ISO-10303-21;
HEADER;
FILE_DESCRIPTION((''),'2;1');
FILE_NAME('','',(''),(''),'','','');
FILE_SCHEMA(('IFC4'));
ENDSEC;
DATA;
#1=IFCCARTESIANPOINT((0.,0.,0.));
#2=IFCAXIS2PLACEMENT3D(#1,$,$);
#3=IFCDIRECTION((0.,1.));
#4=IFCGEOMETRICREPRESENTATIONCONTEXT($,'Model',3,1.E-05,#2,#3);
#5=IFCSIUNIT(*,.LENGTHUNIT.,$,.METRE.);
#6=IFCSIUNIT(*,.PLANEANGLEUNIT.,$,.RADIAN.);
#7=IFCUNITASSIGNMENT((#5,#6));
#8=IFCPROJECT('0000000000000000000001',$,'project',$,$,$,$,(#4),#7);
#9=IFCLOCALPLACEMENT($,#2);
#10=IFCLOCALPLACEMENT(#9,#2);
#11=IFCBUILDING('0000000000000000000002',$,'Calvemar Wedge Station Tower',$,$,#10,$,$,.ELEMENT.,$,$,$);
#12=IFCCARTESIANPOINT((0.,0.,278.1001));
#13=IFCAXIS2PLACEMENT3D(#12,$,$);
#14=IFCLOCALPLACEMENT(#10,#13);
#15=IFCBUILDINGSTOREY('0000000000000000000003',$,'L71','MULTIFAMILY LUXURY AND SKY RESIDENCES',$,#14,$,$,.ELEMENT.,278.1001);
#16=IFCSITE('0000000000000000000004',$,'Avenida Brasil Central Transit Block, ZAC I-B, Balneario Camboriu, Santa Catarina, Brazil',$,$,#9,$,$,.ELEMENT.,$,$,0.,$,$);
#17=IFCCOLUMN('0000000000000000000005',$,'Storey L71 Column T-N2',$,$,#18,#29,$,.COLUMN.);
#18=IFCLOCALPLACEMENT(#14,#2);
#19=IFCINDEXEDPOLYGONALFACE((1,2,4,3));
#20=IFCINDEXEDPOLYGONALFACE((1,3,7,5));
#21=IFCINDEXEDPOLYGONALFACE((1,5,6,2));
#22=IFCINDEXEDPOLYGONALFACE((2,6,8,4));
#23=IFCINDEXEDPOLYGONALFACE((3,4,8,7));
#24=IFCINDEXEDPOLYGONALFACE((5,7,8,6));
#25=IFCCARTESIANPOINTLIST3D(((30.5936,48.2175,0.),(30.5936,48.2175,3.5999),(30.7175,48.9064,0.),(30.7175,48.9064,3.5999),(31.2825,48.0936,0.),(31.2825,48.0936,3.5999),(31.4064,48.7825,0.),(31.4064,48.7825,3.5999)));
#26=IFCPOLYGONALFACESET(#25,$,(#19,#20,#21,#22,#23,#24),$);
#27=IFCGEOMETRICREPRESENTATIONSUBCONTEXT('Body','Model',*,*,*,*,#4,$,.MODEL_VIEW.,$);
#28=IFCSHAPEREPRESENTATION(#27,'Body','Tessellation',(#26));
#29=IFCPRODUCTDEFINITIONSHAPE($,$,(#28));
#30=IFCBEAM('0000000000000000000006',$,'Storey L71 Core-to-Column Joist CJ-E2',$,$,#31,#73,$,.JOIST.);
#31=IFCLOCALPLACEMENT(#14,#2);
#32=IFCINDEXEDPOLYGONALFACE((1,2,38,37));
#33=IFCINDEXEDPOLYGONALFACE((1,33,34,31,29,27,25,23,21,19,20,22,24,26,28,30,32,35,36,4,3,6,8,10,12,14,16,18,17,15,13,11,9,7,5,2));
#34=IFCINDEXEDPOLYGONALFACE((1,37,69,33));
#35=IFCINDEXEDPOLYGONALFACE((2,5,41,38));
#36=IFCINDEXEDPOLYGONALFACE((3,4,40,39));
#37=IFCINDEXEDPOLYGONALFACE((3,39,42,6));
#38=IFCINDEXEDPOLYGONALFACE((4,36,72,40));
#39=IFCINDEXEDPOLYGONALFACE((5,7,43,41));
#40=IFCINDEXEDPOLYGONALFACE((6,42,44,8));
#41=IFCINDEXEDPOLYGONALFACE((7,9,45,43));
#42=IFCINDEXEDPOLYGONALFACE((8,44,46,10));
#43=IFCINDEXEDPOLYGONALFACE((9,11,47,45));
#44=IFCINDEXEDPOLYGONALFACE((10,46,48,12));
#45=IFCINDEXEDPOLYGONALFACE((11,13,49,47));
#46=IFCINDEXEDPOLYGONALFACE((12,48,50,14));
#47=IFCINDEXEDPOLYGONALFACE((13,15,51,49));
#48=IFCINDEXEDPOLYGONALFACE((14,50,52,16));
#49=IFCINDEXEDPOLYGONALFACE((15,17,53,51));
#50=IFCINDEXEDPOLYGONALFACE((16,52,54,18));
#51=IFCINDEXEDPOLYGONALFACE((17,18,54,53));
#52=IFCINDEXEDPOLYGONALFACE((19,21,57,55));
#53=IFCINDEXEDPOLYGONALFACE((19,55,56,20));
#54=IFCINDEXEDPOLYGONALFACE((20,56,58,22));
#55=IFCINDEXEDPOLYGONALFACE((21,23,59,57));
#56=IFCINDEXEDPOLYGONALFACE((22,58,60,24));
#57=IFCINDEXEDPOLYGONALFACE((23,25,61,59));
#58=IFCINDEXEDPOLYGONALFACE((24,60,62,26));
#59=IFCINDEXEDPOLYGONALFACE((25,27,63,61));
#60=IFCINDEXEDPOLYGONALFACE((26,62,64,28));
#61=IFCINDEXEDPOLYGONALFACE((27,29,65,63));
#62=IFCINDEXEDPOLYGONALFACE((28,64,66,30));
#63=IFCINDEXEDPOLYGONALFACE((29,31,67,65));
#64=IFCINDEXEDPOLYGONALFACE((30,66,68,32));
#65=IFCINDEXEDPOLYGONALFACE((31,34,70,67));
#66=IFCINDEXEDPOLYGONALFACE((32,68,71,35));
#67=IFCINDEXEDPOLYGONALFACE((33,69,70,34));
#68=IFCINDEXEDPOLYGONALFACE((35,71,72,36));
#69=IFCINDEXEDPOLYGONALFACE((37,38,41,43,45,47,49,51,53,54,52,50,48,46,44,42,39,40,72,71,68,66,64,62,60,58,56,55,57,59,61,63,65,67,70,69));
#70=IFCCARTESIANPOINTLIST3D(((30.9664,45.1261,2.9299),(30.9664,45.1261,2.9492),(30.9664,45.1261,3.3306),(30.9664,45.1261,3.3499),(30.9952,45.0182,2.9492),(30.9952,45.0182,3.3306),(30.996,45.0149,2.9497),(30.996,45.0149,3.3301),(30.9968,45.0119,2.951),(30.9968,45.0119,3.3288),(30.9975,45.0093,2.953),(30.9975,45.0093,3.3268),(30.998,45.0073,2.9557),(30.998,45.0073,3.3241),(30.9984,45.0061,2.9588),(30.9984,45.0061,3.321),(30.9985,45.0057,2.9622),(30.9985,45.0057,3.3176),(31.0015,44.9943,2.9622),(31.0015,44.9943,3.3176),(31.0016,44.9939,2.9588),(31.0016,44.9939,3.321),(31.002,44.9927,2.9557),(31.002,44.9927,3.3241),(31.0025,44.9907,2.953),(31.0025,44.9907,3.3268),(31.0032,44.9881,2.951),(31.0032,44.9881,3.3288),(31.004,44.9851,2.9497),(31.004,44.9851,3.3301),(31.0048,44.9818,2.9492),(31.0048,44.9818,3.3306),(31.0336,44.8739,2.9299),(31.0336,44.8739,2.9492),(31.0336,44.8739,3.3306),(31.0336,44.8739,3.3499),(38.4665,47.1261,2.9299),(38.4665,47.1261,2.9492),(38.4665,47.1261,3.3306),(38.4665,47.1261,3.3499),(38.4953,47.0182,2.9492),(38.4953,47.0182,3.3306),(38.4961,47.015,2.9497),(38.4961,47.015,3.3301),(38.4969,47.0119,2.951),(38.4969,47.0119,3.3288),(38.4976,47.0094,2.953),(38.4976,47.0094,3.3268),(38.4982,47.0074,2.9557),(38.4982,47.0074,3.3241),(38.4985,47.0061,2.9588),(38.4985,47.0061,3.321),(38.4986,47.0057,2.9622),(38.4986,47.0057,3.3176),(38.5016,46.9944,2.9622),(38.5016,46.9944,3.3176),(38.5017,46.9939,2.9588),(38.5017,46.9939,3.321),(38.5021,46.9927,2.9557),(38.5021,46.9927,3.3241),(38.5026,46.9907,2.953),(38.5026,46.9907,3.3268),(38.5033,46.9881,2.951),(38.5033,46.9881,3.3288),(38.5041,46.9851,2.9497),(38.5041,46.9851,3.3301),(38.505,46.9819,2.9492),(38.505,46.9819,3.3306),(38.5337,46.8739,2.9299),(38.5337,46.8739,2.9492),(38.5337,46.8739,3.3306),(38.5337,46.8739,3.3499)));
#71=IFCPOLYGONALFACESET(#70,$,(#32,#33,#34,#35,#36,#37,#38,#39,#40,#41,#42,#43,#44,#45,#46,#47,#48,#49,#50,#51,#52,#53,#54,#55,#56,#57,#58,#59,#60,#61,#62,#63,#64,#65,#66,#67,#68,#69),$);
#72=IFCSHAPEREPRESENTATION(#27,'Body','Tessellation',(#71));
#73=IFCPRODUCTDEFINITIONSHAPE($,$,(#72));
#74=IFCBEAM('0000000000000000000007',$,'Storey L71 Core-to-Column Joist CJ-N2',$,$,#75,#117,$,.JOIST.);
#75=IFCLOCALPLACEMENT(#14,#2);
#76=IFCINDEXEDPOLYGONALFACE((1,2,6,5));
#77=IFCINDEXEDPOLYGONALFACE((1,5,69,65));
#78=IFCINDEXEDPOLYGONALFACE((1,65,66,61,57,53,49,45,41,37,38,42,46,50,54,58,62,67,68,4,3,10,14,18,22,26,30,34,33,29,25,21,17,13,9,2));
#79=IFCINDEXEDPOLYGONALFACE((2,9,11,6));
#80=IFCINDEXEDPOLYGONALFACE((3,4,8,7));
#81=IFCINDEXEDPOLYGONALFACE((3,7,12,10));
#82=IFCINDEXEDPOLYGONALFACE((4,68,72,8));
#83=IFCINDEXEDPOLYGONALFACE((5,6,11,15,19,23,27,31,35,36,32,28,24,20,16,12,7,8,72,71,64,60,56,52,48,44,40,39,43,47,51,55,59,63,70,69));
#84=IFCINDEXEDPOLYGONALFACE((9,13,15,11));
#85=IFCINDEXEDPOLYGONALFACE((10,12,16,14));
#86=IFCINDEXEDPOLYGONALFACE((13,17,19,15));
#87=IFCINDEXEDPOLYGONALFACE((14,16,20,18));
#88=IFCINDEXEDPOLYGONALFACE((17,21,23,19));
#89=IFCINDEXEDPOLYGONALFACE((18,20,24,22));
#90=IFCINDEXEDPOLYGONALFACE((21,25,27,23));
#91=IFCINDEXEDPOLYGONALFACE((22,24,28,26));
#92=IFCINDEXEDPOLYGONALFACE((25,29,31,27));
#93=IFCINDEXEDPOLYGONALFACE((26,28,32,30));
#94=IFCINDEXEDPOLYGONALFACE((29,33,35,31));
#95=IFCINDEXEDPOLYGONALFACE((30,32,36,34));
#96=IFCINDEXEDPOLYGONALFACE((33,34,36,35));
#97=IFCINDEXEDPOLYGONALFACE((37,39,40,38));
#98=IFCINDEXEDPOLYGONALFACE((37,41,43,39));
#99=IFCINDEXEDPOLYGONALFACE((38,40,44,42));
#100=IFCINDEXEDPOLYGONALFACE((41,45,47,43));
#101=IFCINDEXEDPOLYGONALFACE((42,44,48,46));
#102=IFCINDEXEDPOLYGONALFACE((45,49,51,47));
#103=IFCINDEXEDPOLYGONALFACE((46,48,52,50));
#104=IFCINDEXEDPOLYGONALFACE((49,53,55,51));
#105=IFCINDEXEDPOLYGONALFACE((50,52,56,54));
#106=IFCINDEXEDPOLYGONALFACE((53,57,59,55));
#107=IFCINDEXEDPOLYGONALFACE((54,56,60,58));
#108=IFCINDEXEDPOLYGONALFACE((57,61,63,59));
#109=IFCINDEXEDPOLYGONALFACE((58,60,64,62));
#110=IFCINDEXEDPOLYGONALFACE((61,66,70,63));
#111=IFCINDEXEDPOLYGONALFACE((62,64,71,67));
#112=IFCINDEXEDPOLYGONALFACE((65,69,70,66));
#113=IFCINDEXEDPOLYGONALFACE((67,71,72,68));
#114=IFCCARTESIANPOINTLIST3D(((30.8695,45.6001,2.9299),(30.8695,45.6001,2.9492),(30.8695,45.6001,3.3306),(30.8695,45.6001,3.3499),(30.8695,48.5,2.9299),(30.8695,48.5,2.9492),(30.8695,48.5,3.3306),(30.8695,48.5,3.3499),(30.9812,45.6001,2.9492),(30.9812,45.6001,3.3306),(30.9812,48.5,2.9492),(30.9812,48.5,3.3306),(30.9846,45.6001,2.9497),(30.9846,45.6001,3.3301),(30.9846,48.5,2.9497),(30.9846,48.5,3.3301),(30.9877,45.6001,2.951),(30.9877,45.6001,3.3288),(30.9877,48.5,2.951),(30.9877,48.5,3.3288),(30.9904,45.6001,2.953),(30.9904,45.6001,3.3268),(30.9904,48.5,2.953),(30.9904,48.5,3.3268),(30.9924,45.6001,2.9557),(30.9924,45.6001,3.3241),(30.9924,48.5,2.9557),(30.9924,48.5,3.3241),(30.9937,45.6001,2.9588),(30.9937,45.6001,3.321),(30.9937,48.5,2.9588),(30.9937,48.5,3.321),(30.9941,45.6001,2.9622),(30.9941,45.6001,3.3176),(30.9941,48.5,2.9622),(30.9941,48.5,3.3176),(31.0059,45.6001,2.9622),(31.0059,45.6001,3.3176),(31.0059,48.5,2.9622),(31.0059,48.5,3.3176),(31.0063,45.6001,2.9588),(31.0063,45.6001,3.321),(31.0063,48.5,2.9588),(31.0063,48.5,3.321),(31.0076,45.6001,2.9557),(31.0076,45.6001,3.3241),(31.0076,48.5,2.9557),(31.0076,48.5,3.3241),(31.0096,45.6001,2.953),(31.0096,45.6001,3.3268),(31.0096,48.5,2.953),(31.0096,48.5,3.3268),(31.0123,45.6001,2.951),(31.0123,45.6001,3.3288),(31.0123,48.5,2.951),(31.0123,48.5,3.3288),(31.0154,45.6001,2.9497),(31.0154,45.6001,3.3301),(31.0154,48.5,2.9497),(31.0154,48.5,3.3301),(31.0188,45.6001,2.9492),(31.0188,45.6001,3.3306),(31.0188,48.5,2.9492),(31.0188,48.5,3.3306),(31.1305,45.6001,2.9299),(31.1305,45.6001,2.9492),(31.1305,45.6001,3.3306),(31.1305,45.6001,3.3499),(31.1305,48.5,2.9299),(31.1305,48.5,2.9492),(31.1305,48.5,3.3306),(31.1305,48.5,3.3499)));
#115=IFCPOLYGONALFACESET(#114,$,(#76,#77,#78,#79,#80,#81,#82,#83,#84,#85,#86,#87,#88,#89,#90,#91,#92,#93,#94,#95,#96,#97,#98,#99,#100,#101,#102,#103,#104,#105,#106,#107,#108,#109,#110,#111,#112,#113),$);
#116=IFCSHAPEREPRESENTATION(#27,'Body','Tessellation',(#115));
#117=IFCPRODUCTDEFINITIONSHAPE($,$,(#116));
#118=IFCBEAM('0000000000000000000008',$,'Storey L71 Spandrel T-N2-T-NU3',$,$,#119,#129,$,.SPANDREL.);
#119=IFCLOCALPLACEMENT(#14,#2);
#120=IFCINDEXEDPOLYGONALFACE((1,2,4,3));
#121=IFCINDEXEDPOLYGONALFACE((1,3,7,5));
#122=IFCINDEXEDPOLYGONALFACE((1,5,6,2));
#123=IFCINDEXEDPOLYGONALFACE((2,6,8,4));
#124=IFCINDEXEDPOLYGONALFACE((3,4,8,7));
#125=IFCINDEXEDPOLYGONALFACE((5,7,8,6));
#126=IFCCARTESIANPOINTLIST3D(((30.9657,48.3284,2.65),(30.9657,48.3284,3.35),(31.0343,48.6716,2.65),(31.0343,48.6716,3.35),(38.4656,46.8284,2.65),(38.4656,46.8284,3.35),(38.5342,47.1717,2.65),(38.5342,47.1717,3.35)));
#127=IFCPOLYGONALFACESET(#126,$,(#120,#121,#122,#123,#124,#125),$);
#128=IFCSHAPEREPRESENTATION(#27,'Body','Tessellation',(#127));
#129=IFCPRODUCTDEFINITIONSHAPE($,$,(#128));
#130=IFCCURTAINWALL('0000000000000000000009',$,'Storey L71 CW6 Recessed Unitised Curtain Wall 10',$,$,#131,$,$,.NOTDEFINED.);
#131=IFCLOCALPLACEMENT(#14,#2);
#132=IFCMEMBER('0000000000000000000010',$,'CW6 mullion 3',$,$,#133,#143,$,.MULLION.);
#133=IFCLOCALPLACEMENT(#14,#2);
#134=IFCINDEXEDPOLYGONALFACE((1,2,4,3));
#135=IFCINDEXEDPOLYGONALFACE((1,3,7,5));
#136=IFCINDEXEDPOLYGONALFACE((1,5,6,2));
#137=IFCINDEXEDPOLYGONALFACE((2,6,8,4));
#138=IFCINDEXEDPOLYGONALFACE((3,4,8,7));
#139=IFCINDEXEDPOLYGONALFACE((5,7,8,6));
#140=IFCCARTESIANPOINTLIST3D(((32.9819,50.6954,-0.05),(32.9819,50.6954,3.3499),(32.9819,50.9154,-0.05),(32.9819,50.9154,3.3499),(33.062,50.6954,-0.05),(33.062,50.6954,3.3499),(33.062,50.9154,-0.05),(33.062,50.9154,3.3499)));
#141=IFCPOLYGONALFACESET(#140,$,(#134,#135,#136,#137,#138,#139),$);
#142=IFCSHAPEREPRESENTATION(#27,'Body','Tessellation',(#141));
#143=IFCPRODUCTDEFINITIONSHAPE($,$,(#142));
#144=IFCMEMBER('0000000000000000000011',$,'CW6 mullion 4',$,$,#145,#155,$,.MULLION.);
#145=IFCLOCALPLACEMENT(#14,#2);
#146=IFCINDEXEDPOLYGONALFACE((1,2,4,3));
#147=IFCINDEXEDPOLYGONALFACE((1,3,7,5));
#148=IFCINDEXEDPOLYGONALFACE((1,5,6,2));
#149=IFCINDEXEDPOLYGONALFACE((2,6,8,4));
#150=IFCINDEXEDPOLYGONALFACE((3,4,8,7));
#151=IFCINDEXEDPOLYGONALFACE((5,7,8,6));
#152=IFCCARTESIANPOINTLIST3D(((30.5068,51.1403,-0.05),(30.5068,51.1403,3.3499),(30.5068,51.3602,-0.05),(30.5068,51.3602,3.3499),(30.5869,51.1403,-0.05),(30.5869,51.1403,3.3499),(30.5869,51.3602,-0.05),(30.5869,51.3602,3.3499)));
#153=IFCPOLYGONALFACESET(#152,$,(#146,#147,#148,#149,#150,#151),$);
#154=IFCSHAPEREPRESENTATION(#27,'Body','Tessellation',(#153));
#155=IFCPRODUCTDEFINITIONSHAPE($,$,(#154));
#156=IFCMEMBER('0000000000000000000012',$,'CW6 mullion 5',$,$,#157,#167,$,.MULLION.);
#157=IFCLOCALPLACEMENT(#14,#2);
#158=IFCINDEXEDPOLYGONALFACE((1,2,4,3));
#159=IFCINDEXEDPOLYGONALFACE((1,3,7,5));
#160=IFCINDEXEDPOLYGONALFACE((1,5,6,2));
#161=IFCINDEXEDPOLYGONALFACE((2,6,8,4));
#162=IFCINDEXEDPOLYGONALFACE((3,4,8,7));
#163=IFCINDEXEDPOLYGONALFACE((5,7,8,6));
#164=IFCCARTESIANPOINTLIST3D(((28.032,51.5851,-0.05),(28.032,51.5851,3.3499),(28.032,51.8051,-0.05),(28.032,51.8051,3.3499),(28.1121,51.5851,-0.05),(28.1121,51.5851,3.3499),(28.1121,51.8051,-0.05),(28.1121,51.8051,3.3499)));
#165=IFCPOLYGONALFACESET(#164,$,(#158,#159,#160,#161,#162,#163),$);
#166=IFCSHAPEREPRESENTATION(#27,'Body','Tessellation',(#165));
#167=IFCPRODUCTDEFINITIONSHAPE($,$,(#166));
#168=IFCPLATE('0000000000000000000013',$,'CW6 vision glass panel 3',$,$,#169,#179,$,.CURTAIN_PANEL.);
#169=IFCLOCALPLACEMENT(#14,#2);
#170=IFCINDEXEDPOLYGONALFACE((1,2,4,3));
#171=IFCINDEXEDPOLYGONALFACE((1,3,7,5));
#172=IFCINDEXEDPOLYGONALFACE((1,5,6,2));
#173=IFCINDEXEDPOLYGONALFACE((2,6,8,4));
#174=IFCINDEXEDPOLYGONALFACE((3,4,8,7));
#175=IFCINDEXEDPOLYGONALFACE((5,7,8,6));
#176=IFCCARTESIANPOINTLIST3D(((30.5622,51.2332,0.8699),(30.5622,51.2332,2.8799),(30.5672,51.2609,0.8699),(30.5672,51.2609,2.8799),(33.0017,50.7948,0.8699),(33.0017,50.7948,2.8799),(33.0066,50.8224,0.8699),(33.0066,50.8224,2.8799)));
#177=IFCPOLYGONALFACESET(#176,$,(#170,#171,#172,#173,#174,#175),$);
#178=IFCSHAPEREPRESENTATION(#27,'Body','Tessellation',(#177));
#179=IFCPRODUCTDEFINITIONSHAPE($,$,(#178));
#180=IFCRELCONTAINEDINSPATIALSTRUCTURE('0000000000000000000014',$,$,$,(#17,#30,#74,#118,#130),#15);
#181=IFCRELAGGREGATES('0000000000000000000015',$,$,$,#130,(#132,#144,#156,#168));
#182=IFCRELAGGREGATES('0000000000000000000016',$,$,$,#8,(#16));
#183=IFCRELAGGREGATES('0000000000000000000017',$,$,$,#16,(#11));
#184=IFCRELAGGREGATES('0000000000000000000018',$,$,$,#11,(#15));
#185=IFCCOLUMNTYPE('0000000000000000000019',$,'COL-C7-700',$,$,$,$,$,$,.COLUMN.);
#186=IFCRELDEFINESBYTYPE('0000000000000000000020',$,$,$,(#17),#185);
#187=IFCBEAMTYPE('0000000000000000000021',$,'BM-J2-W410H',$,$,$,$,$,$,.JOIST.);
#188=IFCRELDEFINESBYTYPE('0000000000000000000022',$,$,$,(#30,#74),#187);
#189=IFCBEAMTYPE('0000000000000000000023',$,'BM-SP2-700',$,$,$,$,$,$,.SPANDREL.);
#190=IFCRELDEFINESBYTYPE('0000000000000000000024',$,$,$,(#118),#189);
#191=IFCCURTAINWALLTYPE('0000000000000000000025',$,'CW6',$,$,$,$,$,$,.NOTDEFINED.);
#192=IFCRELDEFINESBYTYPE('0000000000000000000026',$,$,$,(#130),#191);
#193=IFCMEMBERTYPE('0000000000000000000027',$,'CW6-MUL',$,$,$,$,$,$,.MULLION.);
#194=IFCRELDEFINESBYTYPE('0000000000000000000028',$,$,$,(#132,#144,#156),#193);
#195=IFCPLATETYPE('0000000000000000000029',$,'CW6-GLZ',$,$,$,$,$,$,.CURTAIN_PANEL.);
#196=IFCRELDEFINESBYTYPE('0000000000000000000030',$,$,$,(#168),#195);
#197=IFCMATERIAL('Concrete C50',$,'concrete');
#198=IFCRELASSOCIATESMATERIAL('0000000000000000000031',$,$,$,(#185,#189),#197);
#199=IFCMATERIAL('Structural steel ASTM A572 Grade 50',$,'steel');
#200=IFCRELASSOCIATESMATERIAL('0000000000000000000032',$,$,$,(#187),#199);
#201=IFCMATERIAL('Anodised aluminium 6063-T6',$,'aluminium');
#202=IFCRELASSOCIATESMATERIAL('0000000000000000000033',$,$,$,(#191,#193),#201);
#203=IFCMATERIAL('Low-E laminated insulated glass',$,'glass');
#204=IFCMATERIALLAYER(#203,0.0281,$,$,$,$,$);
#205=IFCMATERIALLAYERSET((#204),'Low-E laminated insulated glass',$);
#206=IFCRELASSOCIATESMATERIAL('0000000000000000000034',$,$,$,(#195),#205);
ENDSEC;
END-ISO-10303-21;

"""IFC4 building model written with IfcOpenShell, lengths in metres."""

from ifc_helpers import new_model, si_unit, direction, frame, frame_2d, origin, origin_2d, place, context, subcontext, project, spatial, rectangle, i_section, extrude, source, transform, mapped, material, layer, layer_set, material_profile, profile_set, type_object, element, aggregate, save


model = new_model("IFC4")

# Units and contexts
model_context = context("Model", 3, precision=1e-05, world=origin(), true_north=direction((0.0, 1.0)))
body_context = subcontext(model_context, "Body", "Model", "MODEL_VIEW")
ifc_project = project(units=[si_unit("LENGTHUNIT", "METRE"), si_unit("PLANEANGLEUNIT", "RADIAN")], contexts=[model_context])

# Site, building, storey
site_placement = place(None, origin())
site = spatial("IfcSite", under=ifc_project, at=site_placement, Name="Avenida Brasil Central Transit Block, ZAC I-B, Balneario Camboriu, Santa Catarina, Brazil", CompositionType="ELEMENT", RefElevation=0.0)
building_placement = place(site_placement, origin())
building = spatial("IfcBuilding", under=site, at=building_placement, Name="Calvemar Wedge Station Tower", CompositionType="ELEMENT")
storey_placement = place(building_placement, frame((0.0, 0.0, 278.1001)))
storey = spatial("IfcBuildingStorey", under=building, at=storey_placement, Name="L71", Description="MULTIFAMILY LUXURY AND SKY RESIDENCES", CompositionType="ELEMENT", Elevation=278.1001)

# Column
ifc_material_1 = material(Name="Concrete C50", Category="concrete")
ifc_material_profile_1 = material_profile(ifc_material_1, rectangle(XDim=0.7, YDim=0.7, at=origin_2d()), Name="RC700x700")
ifc_profile_set_1 = profile_set([ifc_material_profile_1], Name="Concrete C50")
column_type = type_object("IfcColumnType", Name="COL-C7-700", PredefinedType="COLUMN", material=ifc_profile_set_1)
shared_shape_1 = source(origin(), body_context, "Body", "SweptSolid", [
    extrude(rectangle(XDim=0.7, YDim=0.7, at=origin_2d()), origin(), (0.0, 0.0, 1.0), 3.5999),
])
column_placement = place(storey_placement, frame((31.0, 48.5, 0.0), z_axis=(0.0, 0.0, 1.0), x_axis=(0.984196, -0.177085, 0.0)))
element("IfcColumn", 1, at=column_placement, inside=storey, type_object=column_type, Name="Storey L71 Column T-N2", PredefinedType="COLUMN", context=body_context, shape_type="MappedRepresentation", body=[
    mapped(shared_shape_1, transform((0.0, 0.0, 0.0), scale=1.0)),
])

# Beams
ifc_material_2 = material(Name="Structural steel ASTM A572 Grade 50", Category="steel")
ifc_material_profile_2 = material_profile(ifc_material_2, i_section(OverallWidth=0.261, OverallDepth=0.4199, WebThickness=0.0117, FlangeThickness=0.0193, FilletRadius=0.0129, at=origin_2d()), Name="W410x114")
ifc_profile_set_2 = profile_set([ifc_material_profile_2], Name="Structural steel ASTM A572 Grade 50")
beam_type_1 = type_object("IfcBeamType", Name="BM-J2-W410H", PredefinedType="JOIST", material=ifc_profile_set_2)
shared_shape_2 = source(origin(), body_context, "Body", "SweptSolid", [
    extrude(i_section(OverallWidth=0.261, OverallDepth=0.4199, WebThickness=0.0117, FlangeThickness=0.0193, FilletRadius=0.0129, at=origin_2d()), origin(), (0.0, 0.0, 1.0), 7.7622),
])
beam_1_placement = place(storey_placement, frame((31.0, 45.0, 3.1399), z_axis=(0.966235, 0.257663, 0.0), x_axis=(-0.257663, 0.966235, 0.0)))
element("IfcBeam", 2, at=beam_1_placement, inside=storey, type_object=beam_type_1, Name="Storey L71 Core-to-Column Joist CJ-E2", PredefinedType="JOIST", context=body_context, shape_type="MappedRepresentation", body=[
    mapped(shared_shape_2, transform((0.0, 0.0, 0.0), scale=1.0)),
])
shared_shape_3 = source(origin(), body_context, "Body", "SweptSolid", [
    extrude(i_section(OverallWidth=0.261, OverallDepth=0.4199, WebThickness=0.0117, FlangeThickness=0.0193, FilletRadius=0.0129, at=origin_2d()), origin(), (0.0, 0.0, 1.0), 2.8999),
])
beam_2_placement = place(storey_placement, frame((31.0, 45.6001, 3.1399), z_axis=(0.0, 1.0, 0.0), x_axis=(-1.0, 0.0, 0.0)))
element("IfcBeam", 3, at=beam_2_placement, inside=storey, type_object=beam_type_1, Name="Storey L71 Core-to-Column Joist CJ-N2", PredefinedType="JOIST", context=body_context, shape_type="MappedRepresentation", body=[
    mapped(shared_shape_3, transform((0.0, 0.0, 0.0), scale=1.0)),
])
ifc_material_profile_3 = material_profile(ifc_material_1, rectangle(XDim=0.3501, YDim=0.7, at=origin_2d()), Name="RC350x700")
ifc_profile_set_3 = profile_set([ifc_material_profile_3], Name="Concrete C50")
beam_type_2 = type_object("IfcBeamType", Name="BM-SP2-700", PredefinedType="SPANDREL", material=ifc_profile_set_3)
shared_shape_4 = source(origin(), body_context, "Body", "SweptSolid", [
    extrude(rectangle(XDim=0.3501, YDim=0.7, at=origin_2d()), origin(), (0.0, 0.0, 1.0), 7.6484),
])
beam_3_placement = place(storey_placement, frame((31.0, 48.5, 3.0), z_axis=(0.980581, -0.196116, 0.0), x_axis=(0.196116, 0.980581, 0.0)))
element("IfcBeam", 4, at=beam_3_placement, inside=storey, type_object=beam_type_2, Name="Storey L71 Spandrel T-N2-T-NU3", PredefinedType="SPANDREL", context=body_context, shape_type="MappedRepresentation", body=[
    mapped(shared_shape_4, transform((0.0, 0.0, 0.0), scale=1.0)),
])

# Curtain wall, members, plate
ifc_material_3 = material(Name="Anodised aluminium 6063-T6", Category="aluminium")
curtain_wall_type = type_object("IfcCurtainWallType", Name="CW6", PredefinedType="NOTDEFINED", material=ifc_material_3)
curtain_wall_placement = place(storey_placement, origin())
curtain_wall = element("IfcCurtainWall", 5, at=curtain_wall_placement, inside=storey, type_object=curtain_wall_type, Name="Storey L71 CW6 Recessed Unitised Curtain Wall 10", PredefinedType="NOTDEFINED")
ifc_material_profile_4 = material_profile(ifc_material_3, rectangle(XDim=0.0801, YDim=0.22, at=origin_2d()), Name="AL-MUL-80x220")
ifc_profile_set_4 = profile_set([ifc_material_profile_4], Name="Anodised aluminium 6063-T6")
member_type = type_object("IfcMemberType", Name="CW6-MUL", PredefinedType="MULLION", material=ifc_profile_set_4)
shared_shape_5 = source(origin(), body_context, "Body", "SweptSolid", [
    extrude(rectangle(XDim=0.0801, YDim=0.22, at=origin_2d()), origin(), (0.0, 0.0, 1.0), 3.3999),
])
member_1_placement = place(storey_placement, frame((33.022, 50.8054, -0.05), z_axis=(0.0, 0.0, 1.0), x_axis=(1.0, 0.0, 0.0)))
member_1 = element("IfcMember", 6, at=member_1_placement, type_object=member_type, Name="CW6 mullion 3", PredefinedType="MULLION", context=body_context, shape_type="MappedRepresentation", body=[
    mapped(shared_shape_5, transform((0.0, 0.0, 0.0), scale=1.0)),
])
member_2_placement = place(storey_placement, frame((30.5469, 51.2502, -0.05), z_axis=(0.0, 0.0, 1.0), x_axis=(1.0, 0.0, 0.0)))
member_2 = element("IfcMember", 7, at=member_2_placement, type_object=member_type, Name="CW6 mullion 4", PredefinedType="MULLION", context=body_context, shape_type="MappedRepresentation", body=[
    mapped(shared_shape_5, transform((0.0, 0.0, 0.0), scale=1.0)),
])
member_3_placement = place(storey_placement, frame((28.072, 51.6951, -0.05), z_axis=(0.0, 0.0, 1.0), x_axis=(1.0, 0.0, 0.0)))
member_3 = element("IfcMember", 8, at=member_3_placement, type_object=member_type, Name="CW6 mullion 5", PredefinedType="MULLION", context=body_context, shape_type="MappedRepresentation", body=[
    mapped(shared_shape_5, transform((0.0, 0.0, 0.0), scale=1.0)),
])
ifc_material_4 = material(Name="Low-E laminated insulated glass", Category="glass")
ifc_layer_1 = layer(ifc_material_4, 0.0281)
ifc_layer_set_1 = layer_set([ifc_layer_1], Name="Low-E laminated insulated glass")
plate_type_1 = type_object("IfcPlateType", Name="CW6-GLZ", PredefinedType="CURTAIN_PANEL", material=ifc_layer_set_1)
plate_1_placement = place(storey_placement, frame((33.0042, 50.8086, 0.8699), z_axis=(0.0, 0.0, 1.0), x_axis=(-0.984227, 0.176909, 0.0)))
plate_1 = element("IfcPlate", 9, at=plate_1_placement, type_object=plate_type_1, Name="CW6 vision glass panel 3", PredefinedType="CURTAIN_PANEL", context=body_context, shape_type="SweptSolid", body=[
    extrude(rectangle(XDim=2.4785, YDim=0.0281, at=frame_2d((1.2393, 0.0))), origin(), (0.0, 0.0, 1.0), 2.01),
])
aggregate(curtain_wall, [member_1, member_2, member_3, plate_1])

save(model, "model.ifc")
